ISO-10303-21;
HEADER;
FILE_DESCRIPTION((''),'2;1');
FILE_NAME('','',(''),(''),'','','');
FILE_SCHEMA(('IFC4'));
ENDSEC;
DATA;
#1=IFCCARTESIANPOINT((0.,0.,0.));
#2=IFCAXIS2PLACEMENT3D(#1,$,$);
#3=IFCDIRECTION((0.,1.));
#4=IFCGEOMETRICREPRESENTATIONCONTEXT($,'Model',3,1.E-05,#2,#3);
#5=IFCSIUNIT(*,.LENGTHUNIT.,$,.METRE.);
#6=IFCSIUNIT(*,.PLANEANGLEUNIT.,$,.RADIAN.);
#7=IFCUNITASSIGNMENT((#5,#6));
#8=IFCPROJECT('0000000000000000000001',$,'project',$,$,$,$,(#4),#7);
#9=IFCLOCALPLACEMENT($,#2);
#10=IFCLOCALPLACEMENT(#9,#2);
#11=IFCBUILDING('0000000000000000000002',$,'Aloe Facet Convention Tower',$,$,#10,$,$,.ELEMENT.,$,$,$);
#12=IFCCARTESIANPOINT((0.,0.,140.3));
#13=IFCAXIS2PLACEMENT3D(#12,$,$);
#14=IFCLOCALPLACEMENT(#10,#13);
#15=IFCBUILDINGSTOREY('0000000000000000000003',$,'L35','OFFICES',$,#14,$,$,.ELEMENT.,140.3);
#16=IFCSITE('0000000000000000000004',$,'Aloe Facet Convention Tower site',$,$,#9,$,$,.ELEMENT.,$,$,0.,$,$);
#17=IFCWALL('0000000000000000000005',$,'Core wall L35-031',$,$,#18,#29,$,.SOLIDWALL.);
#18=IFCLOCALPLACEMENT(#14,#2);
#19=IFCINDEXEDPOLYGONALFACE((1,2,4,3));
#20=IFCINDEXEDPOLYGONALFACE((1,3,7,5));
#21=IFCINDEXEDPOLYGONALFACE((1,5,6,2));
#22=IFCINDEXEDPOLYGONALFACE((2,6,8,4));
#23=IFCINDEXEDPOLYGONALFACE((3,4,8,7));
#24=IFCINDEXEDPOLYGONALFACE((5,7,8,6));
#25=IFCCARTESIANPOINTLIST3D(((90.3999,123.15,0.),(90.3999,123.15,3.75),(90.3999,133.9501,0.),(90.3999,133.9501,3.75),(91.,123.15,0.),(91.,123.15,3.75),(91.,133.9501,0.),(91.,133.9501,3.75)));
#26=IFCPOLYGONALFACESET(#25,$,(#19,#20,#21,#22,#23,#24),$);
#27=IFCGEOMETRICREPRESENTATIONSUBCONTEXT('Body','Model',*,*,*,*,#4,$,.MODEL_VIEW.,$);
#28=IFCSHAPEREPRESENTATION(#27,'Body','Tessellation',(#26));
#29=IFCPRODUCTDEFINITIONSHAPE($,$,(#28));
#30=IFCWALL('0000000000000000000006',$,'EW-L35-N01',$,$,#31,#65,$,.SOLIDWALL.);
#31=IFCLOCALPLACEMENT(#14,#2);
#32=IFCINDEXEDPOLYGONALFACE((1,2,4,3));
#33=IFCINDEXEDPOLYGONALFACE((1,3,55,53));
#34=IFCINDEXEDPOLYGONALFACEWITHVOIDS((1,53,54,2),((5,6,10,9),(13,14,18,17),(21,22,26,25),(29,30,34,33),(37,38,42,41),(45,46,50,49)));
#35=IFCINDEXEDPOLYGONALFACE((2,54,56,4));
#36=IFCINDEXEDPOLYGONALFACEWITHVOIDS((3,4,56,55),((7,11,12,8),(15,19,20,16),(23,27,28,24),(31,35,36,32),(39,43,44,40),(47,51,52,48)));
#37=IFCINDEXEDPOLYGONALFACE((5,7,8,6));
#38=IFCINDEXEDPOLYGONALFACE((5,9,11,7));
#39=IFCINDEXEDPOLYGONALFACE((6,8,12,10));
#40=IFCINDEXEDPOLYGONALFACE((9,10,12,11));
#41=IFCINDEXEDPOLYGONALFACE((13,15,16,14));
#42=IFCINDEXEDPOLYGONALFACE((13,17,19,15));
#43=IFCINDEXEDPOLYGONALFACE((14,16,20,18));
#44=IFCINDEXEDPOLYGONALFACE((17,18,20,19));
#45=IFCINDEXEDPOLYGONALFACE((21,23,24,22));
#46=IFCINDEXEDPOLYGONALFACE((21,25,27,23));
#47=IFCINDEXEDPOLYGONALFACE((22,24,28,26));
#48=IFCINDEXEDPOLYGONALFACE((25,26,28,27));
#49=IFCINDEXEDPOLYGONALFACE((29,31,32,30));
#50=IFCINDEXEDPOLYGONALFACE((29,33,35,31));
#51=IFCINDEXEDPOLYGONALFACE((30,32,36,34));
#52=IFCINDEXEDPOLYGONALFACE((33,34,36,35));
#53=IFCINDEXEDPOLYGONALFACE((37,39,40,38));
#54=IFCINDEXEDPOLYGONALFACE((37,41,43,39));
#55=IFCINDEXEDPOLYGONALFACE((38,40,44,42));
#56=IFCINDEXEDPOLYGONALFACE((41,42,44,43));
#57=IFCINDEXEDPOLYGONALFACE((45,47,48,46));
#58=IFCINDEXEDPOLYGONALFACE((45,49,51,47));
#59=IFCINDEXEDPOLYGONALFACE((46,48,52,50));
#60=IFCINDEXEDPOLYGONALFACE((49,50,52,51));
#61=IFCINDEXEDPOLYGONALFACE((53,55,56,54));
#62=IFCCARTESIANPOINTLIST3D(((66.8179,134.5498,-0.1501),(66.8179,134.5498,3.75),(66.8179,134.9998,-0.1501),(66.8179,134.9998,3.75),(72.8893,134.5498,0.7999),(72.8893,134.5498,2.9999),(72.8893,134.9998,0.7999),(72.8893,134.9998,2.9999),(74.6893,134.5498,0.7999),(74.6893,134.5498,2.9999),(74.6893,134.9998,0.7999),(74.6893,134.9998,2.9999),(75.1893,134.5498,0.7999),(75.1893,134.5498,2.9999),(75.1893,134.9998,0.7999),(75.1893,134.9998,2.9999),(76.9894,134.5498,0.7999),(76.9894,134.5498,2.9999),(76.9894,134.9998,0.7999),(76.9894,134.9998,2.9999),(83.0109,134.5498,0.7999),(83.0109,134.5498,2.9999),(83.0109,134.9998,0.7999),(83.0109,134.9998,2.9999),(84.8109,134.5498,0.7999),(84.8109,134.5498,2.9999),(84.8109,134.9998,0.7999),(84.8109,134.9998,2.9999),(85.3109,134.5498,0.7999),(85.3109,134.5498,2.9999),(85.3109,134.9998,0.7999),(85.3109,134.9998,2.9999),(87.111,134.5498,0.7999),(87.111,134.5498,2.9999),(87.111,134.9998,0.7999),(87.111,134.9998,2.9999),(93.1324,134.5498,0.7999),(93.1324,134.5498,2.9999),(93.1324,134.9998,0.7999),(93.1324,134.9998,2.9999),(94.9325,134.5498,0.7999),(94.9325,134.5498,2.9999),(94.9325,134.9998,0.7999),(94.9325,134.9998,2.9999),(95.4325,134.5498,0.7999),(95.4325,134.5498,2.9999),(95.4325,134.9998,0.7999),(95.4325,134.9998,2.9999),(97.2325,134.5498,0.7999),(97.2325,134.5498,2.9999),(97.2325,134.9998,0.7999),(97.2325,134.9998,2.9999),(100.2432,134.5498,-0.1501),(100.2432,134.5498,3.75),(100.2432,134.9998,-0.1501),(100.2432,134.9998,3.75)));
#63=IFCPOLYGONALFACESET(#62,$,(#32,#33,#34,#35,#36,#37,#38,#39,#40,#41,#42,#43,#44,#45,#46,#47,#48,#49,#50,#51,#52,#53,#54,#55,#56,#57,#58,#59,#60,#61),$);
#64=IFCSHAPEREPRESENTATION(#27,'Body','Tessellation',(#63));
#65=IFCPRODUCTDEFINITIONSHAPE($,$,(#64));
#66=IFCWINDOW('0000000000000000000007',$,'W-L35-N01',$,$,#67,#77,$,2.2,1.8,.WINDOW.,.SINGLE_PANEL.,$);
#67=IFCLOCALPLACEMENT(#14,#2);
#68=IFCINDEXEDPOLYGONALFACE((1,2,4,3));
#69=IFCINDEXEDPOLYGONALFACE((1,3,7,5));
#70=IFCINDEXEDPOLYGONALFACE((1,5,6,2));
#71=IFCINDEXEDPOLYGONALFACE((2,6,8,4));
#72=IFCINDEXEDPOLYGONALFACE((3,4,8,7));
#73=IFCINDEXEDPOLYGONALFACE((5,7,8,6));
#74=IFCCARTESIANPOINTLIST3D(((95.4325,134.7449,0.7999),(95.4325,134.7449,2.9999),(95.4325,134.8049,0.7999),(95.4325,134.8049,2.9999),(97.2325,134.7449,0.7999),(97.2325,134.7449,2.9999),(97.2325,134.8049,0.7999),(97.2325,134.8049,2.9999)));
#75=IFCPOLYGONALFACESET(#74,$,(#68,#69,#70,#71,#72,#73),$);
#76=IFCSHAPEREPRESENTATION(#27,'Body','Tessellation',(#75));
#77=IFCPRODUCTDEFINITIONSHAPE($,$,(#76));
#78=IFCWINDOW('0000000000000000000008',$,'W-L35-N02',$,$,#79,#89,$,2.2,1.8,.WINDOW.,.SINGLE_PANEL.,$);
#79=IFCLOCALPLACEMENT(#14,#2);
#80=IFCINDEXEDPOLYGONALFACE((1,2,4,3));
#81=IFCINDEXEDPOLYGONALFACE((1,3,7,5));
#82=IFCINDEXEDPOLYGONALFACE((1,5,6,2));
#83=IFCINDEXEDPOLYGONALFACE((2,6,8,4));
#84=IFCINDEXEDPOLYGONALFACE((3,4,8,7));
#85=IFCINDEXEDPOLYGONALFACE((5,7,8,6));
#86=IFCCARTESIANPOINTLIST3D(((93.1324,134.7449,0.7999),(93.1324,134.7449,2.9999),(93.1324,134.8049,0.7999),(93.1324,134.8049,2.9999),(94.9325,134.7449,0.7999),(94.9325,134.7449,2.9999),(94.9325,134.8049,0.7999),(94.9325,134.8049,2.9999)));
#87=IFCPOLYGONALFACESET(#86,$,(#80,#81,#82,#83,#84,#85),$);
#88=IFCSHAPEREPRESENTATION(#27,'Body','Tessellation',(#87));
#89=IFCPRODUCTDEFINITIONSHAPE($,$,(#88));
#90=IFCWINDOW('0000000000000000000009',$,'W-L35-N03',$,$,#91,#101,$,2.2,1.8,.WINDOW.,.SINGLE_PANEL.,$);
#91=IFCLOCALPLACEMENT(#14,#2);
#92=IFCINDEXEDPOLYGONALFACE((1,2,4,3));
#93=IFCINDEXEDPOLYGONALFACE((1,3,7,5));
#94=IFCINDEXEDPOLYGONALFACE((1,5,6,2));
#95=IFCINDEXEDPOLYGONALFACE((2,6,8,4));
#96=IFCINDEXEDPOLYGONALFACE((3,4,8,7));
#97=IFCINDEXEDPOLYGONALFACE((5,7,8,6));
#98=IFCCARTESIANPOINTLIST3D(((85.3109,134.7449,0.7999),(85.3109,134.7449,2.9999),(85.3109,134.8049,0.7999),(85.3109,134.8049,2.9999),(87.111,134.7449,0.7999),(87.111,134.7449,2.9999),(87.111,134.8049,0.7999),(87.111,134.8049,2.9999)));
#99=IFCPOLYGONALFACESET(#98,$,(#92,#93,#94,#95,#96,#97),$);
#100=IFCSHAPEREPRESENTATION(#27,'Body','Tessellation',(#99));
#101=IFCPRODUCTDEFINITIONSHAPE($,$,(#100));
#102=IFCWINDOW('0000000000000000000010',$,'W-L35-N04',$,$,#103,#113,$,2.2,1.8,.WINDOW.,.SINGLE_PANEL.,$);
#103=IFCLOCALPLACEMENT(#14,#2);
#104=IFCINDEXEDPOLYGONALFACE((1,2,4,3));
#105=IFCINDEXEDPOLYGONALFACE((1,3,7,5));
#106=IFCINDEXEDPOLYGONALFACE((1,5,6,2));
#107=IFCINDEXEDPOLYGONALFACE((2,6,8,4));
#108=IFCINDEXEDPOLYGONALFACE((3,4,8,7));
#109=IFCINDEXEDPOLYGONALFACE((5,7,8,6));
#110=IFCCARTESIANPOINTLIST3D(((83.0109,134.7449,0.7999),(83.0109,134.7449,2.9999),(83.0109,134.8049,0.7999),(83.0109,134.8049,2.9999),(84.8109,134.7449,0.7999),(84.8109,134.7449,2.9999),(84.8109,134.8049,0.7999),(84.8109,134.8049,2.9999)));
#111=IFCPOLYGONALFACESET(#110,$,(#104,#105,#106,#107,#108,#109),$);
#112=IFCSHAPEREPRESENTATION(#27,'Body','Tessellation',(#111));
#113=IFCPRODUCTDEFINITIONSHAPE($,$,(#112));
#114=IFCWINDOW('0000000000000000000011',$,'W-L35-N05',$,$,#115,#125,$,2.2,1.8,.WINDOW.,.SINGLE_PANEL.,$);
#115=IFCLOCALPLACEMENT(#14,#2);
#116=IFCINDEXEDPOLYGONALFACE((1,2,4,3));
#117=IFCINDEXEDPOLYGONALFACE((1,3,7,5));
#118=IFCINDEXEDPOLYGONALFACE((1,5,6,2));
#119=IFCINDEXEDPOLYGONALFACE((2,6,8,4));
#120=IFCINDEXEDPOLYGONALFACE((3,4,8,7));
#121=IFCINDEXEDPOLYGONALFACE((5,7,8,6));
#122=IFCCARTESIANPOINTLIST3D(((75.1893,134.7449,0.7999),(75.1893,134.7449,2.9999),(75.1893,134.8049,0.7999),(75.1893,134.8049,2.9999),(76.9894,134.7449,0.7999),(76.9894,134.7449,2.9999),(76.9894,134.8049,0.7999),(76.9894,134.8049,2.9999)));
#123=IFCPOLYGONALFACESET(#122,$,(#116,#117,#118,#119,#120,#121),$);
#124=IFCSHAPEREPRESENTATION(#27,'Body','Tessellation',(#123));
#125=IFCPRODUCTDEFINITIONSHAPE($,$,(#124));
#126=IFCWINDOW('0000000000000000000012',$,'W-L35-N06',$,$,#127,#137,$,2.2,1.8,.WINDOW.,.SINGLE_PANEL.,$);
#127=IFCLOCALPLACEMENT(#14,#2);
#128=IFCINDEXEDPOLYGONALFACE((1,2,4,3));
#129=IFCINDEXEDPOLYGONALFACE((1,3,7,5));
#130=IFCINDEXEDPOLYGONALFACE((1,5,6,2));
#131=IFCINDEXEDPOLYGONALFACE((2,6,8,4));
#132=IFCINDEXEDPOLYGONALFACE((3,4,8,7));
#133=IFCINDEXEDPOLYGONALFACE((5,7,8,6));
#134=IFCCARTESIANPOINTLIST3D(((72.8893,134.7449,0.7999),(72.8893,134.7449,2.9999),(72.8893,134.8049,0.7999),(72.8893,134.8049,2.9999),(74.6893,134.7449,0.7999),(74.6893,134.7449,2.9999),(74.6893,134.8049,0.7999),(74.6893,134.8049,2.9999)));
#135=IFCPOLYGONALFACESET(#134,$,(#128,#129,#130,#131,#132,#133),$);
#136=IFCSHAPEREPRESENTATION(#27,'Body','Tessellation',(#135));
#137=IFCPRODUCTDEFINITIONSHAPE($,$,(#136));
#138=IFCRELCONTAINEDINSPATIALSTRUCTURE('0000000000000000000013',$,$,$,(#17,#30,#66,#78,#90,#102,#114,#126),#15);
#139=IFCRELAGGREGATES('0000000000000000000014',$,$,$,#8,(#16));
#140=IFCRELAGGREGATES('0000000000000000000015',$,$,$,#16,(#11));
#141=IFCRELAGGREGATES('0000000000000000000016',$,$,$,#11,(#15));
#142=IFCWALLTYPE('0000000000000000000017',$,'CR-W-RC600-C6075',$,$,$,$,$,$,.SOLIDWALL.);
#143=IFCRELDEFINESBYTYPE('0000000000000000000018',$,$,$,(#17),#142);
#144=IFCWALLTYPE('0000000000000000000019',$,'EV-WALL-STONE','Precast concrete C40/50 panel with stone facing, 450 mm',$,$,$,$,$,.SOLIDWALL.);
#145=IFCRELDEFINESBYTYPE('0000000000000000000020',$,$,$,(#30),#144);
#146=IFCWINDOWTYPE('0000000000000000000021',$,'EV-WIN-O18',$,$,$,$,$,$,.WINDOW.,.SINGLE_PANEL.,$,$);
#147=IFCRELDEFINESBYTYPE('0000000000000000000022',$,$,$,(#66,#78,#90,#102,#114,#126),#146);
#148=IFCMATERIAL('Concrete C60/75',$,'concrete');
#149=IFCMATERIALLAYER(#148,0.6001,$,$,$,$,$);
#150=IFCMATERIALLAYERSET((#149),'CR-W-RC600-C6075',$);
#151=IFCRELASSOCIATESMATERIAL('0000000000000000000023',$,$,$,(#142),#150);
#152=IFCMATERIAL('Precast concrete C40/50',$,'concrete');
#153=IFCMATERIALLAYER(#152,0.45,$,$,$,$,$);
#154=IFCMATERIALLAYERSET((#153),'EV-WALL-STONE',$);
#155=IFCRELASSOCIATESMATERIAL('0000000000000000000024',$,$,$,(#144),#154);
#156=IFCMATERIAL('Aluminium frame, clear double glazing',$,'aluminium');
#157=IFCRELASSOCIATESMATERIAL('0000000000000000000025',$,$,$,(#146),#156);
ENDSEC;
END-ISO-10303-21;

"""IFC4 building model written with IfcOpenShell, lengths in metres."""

from ifc_helpers import new_model, si_unit, direction, frame, frame_2d, origin, place, context, subcontext, project, spatial, polyline, rectangle, outline, extrude, material, layer, layer_set, type_object, element, fill, save


model = new_model("IFC4")

# Units and contexts
model_context = context("Model", 3, precision=1e-05, world=origin(), true_north=direction((0.0, 1.0)))
body_context = subcontext(model_context, "Body", "Model", "MODEL_VIEW")
ifc_project = project(units=[si_unit("LENGTHUNIT", "METRE"), si_unit("PLANEANGLEUNIT", "RADIAN")], contexts=[model_context])

# Site, building, storey
site_placement = place(None, origin())
site = spatial("IfcSite", under=ifc_project, at=site_placement, Name="Aloe Facet Convention Tower site", CompositionType="ELEMENT", RefElevation=0.0)
building_placement = place(site_placement, origin())
building = spatial("IfcBuilding", under=site, at=building_placement, Name="Aloe Facet Convention Tower", CompositionType="ELEMENT")
storey_placement = place(building_placement, frame((0.0, 0.0, 140.3)))
storey = spatial("IfcBuildingStorey", under=building, at=storey_placement, Name="L35", Description="OFFICES", CompositionType="ELEMENT", Elevation=140.3)

# Wall
ifc_material_1 = material(Name="Concrete C60/75", Category="concrete")
ifc_layer_1 = layer(ifc_material_1, 0.6001)
ifc_layer_set_1 = layer_set([ifc_layer_1], Name="CR-W-RC600-C6075")
wall_type_1 = type_object("IfcWallType", Name="CR-W-RC600-C6075", PredefinedType="SOLIDWALL", material=ifc_layer_set_1)
wall_1_placement = place(storey_placement, frame((90.7, 133.95, 0.0), z_axis=(0.0, 0.0, 1.0), x_axis=(0.0, -1.0, 0.0)))
element("IfcWall", 1, at=wall_1_placement, inside=storey, type_object=wall_type_1, Name="Core wall L35-031", PredefinedType="SOLIDWALL", context=body_context, shape_type="SweptSolid", body=[
    extrude(rectangle(XDim=10.8, YDim=0.6001, at=frame_2d((5.3999, 0.0))), origin(), (0.0, 0.0, 1.0), 3.75),
])

# Wall, openings, windows
ifc_material_2 = material(Name="Precast concrete C40/50", Category="concrete")
ifc_layer_2 = layer(ifc_material_2, 0.45)
ifc_layer_set_2 = layer_set([ifc_layer_2], Name="EV-WALL-STONE")
wall_type_2 = type_object("IfcWallType", Name="EV-WALL-STONE", Description="Precast concrete C40/50 panel with stone facing, 450 mm", PredefinedType="SOLIDWALL", material=ifc_layer_set_2)
wall_2_placement = place(storey_placement, frame((100.2432, 134.7749, -0.1501), z_axis=(0.0, 0.0, 1.0), x_axis=(-1.0, 0.0, 0.0)))
wall_2 = element("IfcWall", 2, at=wall_2_placement, inside=storey, type_object=wall_type_2, Name="EW-L35-N01", PredefinedType="SOLIDWALL", context=body_context, shape_type="SweptSolid", body=[
    extrude(outline(polyline([(0.0, 0.0), (0.0, 3.9001), (33.4253, 3.9001), (33.4253, 0.0), (0.0, 0.0)])), frame((0.0, 0.2251, 0.0), z_axis=(0.0, -1.0, 0.0), x_axis=(1.0, 0.0, 0.0)), (0.0, 0.0, 1.0), 0.45),
])
opening_1_placement = place(wall_2_placement, frame((3.0107, 0.0, 0.95)))
opening_1 = element("IfcOpeningElement", 3, at=opening_1_placement, cuts=wall_2, PredefinedType="OPENING", context=body_context, shape_type="SweptSolid", body=[
    extrude(rectangle(XDim=1.8, YDim=2.2, at=frame_2d((0.8999, 1.1001))), frame((0.0, 0.2349, 0.0), z_axis=(0.0, -1.0, 0.0), x_axis=(1.0, 0.0, 0.0)), (0.0, 0.0, 1.0), 0.47),
])
opening_2_placement = place(wall_2_placement, frame((5.3108, 0.0, 0.95)))
opening_2 = element("IfcOpeningElement", 4, at=opening_2_placement, cuts=wall_2, PredefinedType="OPENING", context=body_context, shape_type="SweptSolid", body=[
    extrude(rectangle(XDim=1.8, YDim=2.2, at=frame_2d((0.8999, 1.1001))), frame((0.0, 0.2349, 0.0), z_axis=(0.0, -1.0, 0.0), x_axis=(1.0, 0.0, 0.0)), (0.0, 0.0, 1.0), 0.47),
])
opening_3_placement = place(wall_2_placement, frame((13.1323, 0.0, 0.95)))
opening_3 = element("IfcOpeningElement", 5, at=opening_3_placement, cuts=wall_2, PredefinedType="OPENING", context=body_context, shape_type="SweptSolid", body=[
    extrude(rectangle(XDim=1.8, YDim=2.2, at=frame_2d((0.8999, 1.1001))), frame((0.0, 0.2349, 0.0), z_axis=(0.0, -1.0, 0.0), x_axis=(1.0, 0.0, 0.0)), (0.0, 0.0, 1.0), 0.47),
])
opening_4_placement = place(wall_2_placement, frame((15.4324, 0.0, 0.95)))
opening_4 = element("IfcOpeningElement", 6, at=opening_4_placement, cuts=wall_2, PredefinedType="OPENING", context=body_context, shape_type="SweptSolid", body=[
    extrude(rectangle(XDim=1.8, YDim=2.2, at=frame_2d((0.8999, 1.1001))), frame((0.0, 0.2349, 0.0), z_axis=(0.0, -1.0, 0.0), x_axis=(1.0, 0.0, 0.0)), (0.0, 0.0, 1.0), 0.47),
])
opening_5_placement = place(wall_2_placement, frame((23.2539, 0.0, 0.95)))
opening_5 = element("IfcOpeningElement", 7, at=opening_5_placement, cuts=wall_2, PredefinedType="OPENING", context=body_context, shape_type="SweptSolid", body=[
    extrude(rectangle(XDim=1.8, YDim=2.2, at=frame_2d((0.8999, 1.1001))), frame((0.0, 0.2349, 0.0), z_axis=(0.0, -1.0, 0.0), x_axis=(1.0, 0.0, 0.0)), (0.0, 0.0, 1.0), 0.47),
])
opening_6_placement = place(wall_2_placement, frame((25.554, 0.0, 0.95)))
opening_6 = element("IfcOpeningElement", 8, at=opening_6_placement, cuts=wall_2, PredefinedType="OPENING", context=body_context, shape_type="SweptSolid", body=[
    extrude(rectangle(XDim=1.8, YDim=2.2, at=frame_2d((0.8999, 1.1001))), frame((0.0, 0.2349, 0.0), z_axis=(0.0, -1.0, 0.0), x_axis=(1.0, 0.0, 0.0)), (0.0, 0.0, 1.0), 0.47),
])
ifc_material_3 = material(Name="Aluminium frame, clear double glazing", Category="aluminium")
window_type = type_object("IfcWindowType", Name="EV-WIN-O18", PartitioningType="SINGLE_PANEL", PredefinedType="WINDOW", material=ifc_material_3)
window_1_placement = place(opening_1_placement, origin())
window_1 = element("IfcWindow", 9, at=window_1_placement, inside=storey, type_object=window_type, Name="W-L35-N01", OverallHeight=2.2, OverallWidth=1.8, PartitioningType="SINGLE_PANEL", PredefinedType="WINDOW", context=body_context, shape_type="SweptSolid", body=[
    extrude(rectangle(XDim=1.8, YDim=2.2, at=frame_2d((0.8999, 1.1001))), frame((0.0, 0.03, 0.0), z_axis=(0.0, -1.0, 0.0), x_axis=(1.0, 0.0, 0.0)), (0.0, 0.0, 1.0), 0.0601),
])
fill(opening_1, window_1)
window_2_placement = place(opening_2_placement, origin())
window_2 = element("IfcWindow", 10, at=window_2_placement, inside=storey, type_object=window_type, Name="W-L35-N02", OverallHeight=2.2, OverallWidth=1.8, PartitioningType="SINGLE_PANEL", PredefinedType="WINDOW", context=body_context, shape_type="SweptSolid", body=[
    extrude(rectangle(XDim=1.8, YDim=2.2, at=frame_2d((0.8999, 1.1001))), frame((0.0, 0.03, 0.0), z_axis=(0.0, -1.0, 0.0), x_axis=(1.0, 0.0, 0.0)), (0.0, 0.0, 1.0), 0.0601),
])
fill(opening_2, window_2)
window_3_placement = place(opening_3_placement, origin())
window_3 = element("IfcWindow", 11, at=window_3_placement, inside=storey, type_object=window_type, Name="W-L35-N03", OverallHeight=2.2, OverallWidth=1.8, PartitioningType="SINGLE_PANEL", PredefinedType="WINDOW", context=body_context, shape_type="SweptSolid", body=[
    extrude(rectangle(XDim=1.8, YDim=2.2, at=frame_2d((0.8999, 1.1001))), frame((0.0, 0.03, 0.0), z_axis=(0.0, -1.0, 0.0), x_axis=(1.0, 0.0, 0.0)), (0.0, 0.0, 1.0), 0.0601),
])
fill(opening_3, window_3)
window_4_placement = place(opening_4_placement, origin())
window_4 = element("IfcWindow", 12, at=window_4_placement, inside=storey, type_object=window_type, Name="W-L35-N04", OverallHeight=2.2, OverallWidth=1.8, PartitioningType="SINGLE_PANEL", PredefinedType="WINDOW", context=body_context, shape_type="SweptSolid", body=[
    extrude(rectangle(XDim=1.8, YDim=2.2, at=frame_2d((0.8999, 1.1001))), frame((0.0, 0.03, 0.0), z_axis=(0.0, -1.0, 0.0), x_axis=(1.0, 0.0, 0.0)), (0.0, 0.0, 1.0), 0.0601),
])
fill(opening_4, window_4)
window_5_placement = place(opening_5_placement, origin())
window_5 = element("IfcWindow", 13, at=window_5_placement, inside=storey, type_object=window_type, Name="W-L35-N05", OverallHeight=2.2, OverallWidth=1.8, PartitioningType="SINGLE_PANEL", PredefinedType="WINDOW", context=body_context, shape_type="SweptSolid", body=[
    extrude(rectangle(XDim=1.8, YDim=2.2, at=frame_2d((0.8999, 1.1001))), frame((0.0, 0.03, 0.0), z_axis=(0.0, -1.0, 0.0), x_axis=(1.0, 0.0, 0.0)), (0.0, 0.0, 1.0), 0.0601),
])
fill(opening_5, window_5)
window_6_placement = place(opening_6_placement, origin())
window_6 = element("IfcWindow", 14, at=window_6_placement, inside=storey, type_object=window_type, Name="W-L35-N06", OverallHeight=2.2, OverallWidth=1.8, PartitioningType="SINGLE_PANEL", PredefinedType="WINDOW", context=body_context, shape_type="SweptSolid", body=[
    extrude(rectangle(XDim=1.8, YDim=2.2, at=frame_2d((0.8999, 1.1001))), frame((0.0, 0.03, 0.0), z_axis=(0.0, -1.0, 0.0), x_axis=(1.0, 0.0, 0.0)), (0.0, 0.0, 1.0), 0.0601),
])
fill(opening_6, window_6)

save(model, "model.ifc")
